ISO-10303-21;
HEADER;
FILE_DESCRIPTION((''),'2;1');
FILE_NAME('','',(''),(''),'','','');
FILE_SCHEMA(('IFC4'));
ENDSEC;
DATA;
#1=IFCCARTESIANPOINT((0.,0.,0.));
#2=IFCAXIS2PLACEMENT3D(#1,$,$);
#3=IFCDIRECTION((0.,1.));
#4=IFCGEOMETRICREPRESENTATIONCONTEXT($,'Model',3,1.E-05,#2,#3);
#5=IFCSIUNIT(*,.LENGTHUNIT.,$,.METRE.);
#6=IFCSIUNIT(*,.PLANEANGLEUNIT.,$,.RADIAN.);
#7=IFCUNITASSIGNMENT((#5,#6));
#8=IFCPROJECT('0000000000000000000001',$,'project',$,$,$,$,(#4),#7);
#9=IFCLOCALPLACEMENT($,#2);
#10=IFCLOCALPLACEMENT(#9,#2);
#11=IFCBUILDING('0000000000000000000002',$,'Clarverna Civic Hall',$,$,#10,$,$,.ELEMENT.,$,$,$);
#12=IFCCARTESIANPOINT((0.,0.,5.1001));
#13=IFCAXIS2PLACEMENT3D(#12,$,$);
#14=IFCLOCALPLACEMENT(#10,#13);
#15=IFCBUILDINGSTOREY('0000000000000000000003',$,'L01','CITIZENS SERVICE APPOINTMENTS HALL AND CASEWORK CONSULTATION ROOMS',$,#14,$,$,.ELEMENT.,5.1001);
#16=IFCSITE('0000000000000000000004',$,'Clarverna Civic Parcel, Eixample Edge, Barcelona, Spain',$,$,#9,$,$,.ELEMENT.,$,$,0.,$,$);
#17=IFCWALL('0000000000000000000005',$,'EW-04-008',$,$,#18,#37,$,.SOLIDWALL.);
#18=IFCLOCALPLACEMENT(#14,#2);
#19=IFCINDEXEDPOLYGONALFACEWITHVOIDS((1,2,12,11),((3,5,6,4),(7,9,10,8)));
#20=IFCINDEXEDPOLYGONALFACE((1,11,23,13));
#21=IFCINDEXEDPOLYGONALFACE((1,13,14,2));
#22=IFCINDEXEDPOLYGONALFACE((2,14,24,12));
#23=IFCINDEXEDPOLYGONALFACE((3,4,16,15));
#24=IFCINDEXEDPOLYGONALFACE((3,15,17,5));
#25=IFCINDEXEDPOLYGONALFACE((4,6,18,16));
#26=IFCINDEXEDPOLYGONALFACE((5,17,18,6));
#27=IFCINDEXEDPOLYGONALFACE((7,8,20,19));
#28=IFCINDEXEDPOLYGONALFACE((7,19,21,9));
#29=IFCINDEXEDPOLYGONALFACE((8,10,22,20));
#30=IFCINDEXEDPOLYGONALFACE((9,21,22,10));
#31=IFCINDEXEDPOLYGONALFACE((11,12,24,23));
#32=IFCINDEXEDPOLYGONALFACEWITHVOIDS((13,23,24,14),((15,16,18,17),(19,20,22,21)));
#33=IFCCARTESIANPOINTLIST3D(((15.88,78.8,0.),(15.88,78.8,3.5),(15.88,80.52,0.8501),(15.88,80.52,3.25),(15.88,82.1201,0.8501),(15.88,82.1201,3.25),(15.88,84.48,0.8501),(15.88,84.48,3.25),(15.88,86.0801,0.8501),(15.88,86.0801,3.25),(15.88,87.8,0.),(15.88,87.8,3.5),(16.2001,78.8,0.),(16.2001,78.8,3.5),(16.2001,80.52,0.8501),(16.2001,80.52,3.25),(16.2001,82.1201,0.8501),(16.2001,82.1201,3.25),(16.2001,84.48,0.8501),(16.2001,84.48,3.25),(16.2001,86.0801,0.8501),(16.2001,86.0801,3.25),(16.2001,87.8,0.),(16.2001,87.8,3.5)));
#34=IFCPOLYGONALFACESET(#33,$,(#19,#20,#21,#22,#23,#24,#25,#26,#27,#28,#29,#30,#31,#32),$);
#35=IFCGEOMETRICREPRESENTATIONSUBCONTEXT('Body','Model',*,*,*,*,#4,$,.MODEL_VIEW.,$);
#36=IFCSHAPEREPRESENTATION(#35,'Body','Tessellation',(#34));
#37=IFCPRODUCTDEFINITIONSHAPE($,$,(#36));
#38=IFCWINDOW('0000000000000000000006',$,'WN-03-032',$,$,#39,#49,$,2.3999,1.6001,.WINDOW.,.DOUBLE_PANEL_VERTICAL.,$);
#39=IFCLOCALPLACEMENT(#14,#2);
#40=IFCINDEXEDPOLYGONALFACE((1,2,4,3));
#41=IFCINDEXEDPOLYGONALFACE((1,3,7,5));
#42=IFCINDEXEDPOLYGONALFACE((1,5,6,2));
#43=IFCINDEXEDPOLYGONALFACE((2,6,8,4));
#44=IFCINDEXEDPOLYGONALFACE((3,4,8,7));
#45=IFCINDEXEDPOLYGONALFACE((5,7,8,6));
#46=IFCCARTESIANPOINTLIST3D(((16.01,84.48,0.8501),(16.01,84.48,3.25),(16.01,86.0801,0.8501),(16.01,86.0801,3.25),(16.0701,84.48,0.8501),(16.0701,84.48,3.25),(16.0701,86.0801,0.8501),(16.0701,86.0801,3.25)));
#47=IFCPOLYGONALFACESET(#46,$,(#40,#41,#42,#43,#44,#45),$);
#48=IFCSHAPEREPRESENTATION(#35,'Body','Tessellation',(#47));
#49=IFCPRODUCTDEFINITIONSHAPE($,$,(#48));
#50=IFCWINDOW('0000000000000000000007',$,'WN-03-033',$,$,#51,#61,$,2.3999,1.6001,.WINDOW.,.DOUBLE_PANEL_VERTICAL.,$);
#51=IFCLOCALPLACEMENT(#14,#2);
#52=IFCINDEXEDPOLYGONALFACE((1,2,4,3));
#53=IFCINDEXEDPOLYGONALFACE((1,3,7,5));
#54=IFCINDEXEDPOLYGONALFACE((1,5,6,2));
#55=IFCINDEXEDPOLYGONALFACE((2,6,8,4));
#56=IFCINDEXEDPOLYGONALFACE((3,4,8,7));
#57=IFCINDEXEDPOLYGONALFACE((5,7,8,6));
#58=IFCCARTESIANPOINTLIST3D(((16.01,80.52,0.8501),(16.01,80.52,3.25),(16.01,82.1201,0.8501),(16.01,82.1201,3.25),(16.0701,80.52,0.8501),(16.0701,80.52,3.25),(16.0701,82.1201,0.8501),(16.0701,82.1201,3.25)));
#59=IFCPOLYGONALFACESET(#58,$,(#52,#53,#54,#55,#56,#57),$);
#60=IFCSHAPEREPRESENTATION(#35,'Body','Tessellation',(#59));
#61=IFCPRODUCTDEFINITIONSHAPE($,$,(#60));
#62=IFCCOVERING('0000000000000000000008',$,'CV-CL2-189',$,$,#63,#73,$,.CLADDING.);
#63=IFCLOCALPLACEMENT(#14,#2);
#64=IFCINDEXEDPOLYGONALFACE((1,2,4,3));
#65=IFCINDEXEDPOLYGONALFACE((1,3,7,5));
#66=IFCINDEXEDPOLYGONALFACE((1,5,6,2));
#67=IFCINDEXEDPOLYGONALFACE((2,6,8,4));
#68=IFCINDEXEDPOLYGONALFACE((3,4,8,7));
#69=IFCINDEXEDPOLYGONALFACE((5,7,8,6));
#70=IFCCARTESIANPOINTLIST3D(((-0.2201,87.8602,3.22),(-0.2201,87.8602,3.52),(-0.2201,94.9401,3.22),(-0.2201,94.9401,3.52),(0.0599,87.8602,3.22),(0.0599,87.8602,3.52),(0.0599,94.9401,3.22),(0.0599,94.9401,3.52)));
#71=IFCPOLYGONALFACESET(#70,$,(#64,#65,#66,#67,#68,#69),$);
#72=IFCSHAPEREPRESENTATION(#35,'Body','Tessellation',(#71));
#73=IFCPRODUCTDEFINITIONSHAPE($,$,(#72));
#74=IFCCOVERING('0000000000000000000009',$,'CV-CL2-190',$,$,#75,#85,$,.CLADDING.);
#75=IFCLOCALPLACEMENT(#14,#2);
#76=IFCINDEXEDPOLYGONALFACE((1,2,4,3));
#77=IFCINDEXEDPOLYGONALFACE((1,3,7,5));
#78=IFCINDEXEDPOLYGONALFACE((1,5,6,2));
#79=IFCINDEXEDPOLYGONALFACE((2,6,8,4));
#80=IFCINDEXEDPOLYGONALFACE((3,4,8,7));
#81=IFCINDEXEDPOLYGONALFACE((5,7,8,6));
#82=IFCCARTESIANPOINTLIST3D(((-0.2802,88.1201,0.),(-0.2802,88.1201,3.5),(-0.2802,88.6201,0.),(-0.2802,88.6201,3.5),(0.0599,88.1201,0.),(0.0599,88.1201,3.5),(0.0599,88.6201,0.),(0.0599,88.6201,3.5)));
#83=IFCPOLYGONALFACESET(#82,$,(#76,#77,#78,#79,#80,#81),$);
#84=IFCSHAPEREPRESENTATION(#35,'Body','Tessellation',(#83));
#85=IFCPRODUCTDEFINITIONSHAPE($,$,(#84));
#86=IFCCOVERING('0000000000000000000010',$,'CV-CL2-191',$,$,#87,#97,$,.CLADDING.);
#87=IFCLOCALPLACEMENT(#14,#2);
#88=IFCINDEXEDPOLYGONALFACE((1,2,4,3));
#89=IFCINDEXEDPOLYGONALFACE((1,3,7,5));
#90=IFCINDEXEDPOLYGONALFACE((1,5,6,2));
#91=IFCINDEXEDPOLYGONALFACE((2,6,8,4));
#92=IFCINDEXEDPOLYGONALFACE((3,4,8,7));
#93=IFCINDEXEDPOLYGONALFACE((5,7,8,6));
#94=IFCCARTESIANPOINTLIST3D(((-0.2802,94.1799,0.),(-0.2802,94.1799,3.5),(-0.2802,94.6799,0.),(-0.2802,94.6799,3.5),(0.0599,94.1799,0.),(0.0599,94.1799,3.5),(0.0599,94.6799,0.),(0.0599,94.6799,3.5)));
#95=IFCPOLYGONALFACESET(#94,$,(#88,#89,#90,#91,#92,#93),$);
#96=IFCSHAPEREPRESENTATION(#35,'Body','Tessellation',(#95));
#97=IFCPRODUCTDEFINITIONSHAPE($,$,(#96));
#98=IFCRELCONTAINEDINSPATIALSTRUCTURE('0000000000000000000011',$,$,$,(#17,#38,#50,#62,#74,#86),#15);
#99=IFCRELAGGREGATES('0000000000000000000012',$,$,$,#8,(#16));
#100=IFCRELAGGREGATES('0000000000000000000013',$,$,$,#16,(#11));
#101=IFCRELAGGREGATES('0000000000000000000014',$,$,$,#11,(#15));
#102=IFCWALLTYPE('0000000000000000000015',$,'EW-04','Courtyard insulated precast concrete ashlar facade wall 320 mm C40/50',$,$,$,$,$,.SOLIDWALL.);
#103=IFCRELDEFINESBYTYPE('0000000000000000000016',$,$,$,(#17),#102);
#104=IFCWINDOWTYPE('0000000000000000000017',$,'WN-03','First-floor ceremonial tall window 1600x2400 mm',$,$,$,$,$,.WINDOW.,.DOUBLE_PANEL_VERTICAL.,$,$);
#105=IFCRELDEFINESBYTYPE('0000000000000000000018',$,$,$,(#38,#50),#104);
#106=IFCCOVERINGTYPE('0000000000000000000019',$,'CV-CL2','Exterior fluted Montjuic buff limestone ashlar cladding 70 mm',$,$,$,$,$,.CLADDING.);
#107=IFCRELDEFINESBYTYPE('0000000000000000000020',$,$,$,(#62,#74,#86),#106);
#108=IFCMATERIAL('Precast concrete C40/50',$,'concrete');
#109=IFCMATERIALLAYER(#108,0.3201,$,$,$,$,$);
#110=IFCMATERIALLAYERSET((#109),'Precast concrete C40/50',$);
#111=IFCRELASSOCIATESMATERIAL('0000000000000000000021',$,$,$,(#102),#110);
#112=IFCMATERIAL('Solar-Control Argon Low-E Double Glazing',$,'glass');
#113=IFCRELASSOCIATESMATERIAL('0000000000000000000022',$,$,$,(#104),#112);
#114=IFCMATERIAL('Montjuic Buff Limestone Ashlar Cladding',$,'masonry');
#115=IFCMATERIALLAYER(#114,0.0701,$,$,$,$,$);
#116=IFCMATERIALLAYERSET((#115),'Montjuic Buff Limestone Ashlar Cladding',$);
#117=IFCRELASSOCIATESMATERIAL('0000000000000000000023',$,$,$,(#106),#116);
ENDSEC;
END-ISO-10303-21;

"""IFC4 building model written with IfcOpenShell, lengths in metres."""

from ifc_helpers import new_model, si_unit, direction, frame, frame_2d, origin, place, context, subcontext, project, spatial, rectangle, extrude, material, layer, layer_set, type_object, element, fill, save


model = new_model("IFC4")

# Units and contexts
model_context = context("Model", 3, precision=1e-05, world=origin(), true_north=direction((0.0, 1.0)))
body_context = subcontext(model_context, "Body", "Model", "MODEL_VIEW")
ifc_project = project(units=[si_unit("LENGTHUNIT", "METRE"), si_unit("PLANEANGLEUNIT", "RADIAN")], contexts=[model_context])

# Site, building, storey
site_placement = place(None, origin())
site = spatial("IfcSite", under=ifc_project, at=site_placement, Name="Clarverna Civic Parcel, Eixample Edge, Barcelona, Spain", CompositionType="ELEMENT", RefElevation=0.0)
building_placement = place(site_placement, origin())
building = spatial("IfcBuilding", under=site, at=building_placement, Name="Clarverna Civic Hall", CompositionType="ELEMENT")
storey_placement = place(building_placement, frame((0.0, 0.0, 5.1001)))
storey = spatial("IfcBuildingStorey", under=building, at=storey_placement, Name="L01", Description="CITIZENS SERVICE APPOINTMENTS HALL AND CASEWORK CONSULTATION ROOMS", CompositionType="ELEMENT", Elevation=5.1001)

# Shared definitions
ifc_material_1 = material(Name="Solar-Control Argon Low-E Double Glazing", Category="glass")

# Wall, openings, windows
ifc_material_2 = material(Name="Precast concrete C40/50", Category="concrete")
ifc_layer_1 = layer(ifc_material_2, 0.3201)
ifc_layer_set_1 = layer_set([ifc_layer_1], Name="Precast concrete C40/50")
wall_type_1 = type_object("IfcWallType", Name="EW-04", Description="Courtyard insulated precast concrete ashlar facade wall 320 mm C40/50", PredefinedType="SOLIDWALL", material=ifc_layer_set_1)
wall_1_placement = place(storey_placement, frame((16.04, 87.8, 0.0), z_axis=(0.0, 0.0, 1.0), x_axis=(0.0, -1.0, 0.0)))
wall_1 = element("IfcWall", 1, at=wall_1_placement, inside=storey, type_object=wall_type_1, Name="EW-04-008", PredefinedType="SOLIDWALL", context=body_context, shape_type="SweptSolid", body=[
    extrude(rectangle(XDim=9.0, YDim=0.3201, at=frame_2d((4.5, 0.0))), origin(), (0.0, 0.0, 1.0), 3.5),
])
opening_1_placement = place(wall_1_placement, frame((1.72, 0.0, 0.8501)))
opening_1 = element("IfcOpeningElement", 2, at=opening_1_placement, cuts=wall_1, PredefinedType="OPENING", context=body_context, shape_type="SweptSolid", body=[
    extrude(rectangle(XDim=1.6001, YDim=2.3999, at=frame_2d((0.8, 1.2))), frame((0.0, 0.1699, 0.0), z_axis=(0.0, -1.0, 0.0), x_axis=(1.0, 0.0, 0.0)), (0.0, 0.0, 1.0), 0.3401),
])
opening_2_placement = place(wall_1_placement, frame((5.6799, 0.0, 0.8501)))
opening_2 = element("IfcOpeningElement", 3, at=opening_2_placement, cuts=wall_1, PredefinedType="OPENING", context=body_context, shape_type="SweptSolid", body=[
    extrude(rectangle(XDim=1.6001, YDim=2.3999, at=frame_2d((0.8, 1.2))), frame((0.0, 0.1699, 0.0), z_axis=(0.0, -1.0, 0.0), x_axis=(1.0, 0.0, 0.0)), (0.0, 0.0, 1.0), 0.3401),
])
window_type_1 = type_object("IfcWindowType", Name="WN-03", Description="First-floor ceremonial tall window 1600x2400 mm", PartitioningType="DOUBLE_PANEL_VERTICAL", PredefinedType="WINDOW", material=ifc_material_1)
window_1_placement = place(opening_1_placement, origin())
window_1 = element("IfcWindow", 4, at=window_1_placement, inside=storey, type_object=window_type_1, Name="WN-03-032", OverallHeight=2.3999, OverallWidth=1.6001, PartitioningType="DOUBLE_PANEL_VERTICAL", PredefinedType="WINDOW", context=body_context, shape_type="SweptSolid", body=[
    extrude(rectangle(XDim=1.6001, YDim=2.3999, at=frame_2d((0.8, 1.2))), frame((0.0, 0.03, 0.0), z_axis=(0.0, -1.0, 0.0), x_axis=(1.0, 0.0, 0.0)), (0.0, 0.0, 1.0), 0.0601),
])
fill(opening_1, window_1)
window_2_placement = place(opening_2_placement, origin())
window_2 = element("IfcWindow", 5, at=window_2_placement, inside=storey, type_object=window_type_1, Name="WN-03-033", OverallHeight=2.3999, OverallWidth=1.6001, PartitioningType="DOUBLE_PANEL_VERTICAL", PredefinedType="WINDOW", context=body_context, shape_type="SweptSolid", body=[
    extrude(rectangle(XDim=1.6001, YDim=2.3999, at=frame_2d((0.8, 1.2))), frame((0.0, 0.03, 0.0), z_axis=(0.0, -1.0, 0.0), x_axis=(1.0, 0.0, 0.0)), (0.0, 0.0, 1.0), 0.0601),
])
fill(opening_2, window_2)

# Coverings
ifc_material_3 = material(Name="Montjuic Buff Limestone Ashlar Cladding", Category="masonry")
ifc_layer_2 = layer(ifc_material_3, 0.0701)
ifc_layer_set_2 = layer_set([ifc_layer_2], Name="Montjuic Buff Limestone Ashlar Cladding")
covering_type = type_object("IfcCoveringType", Name="CV-CL2", Description="Exterior fluted Montjuic buff limestone ashlar cladding 70 mm", PredefinedType="CLADDING", material=ifc_layer_set_2)
covering_placement = place(storey_placement, frame((-0.0801, 87.8601, 3.22), z_axis=(0.0, 0.0, 1.0), x_axis=(0.0, 1.0, 0.0)))
element("IfcCovering", 6, at=covering_placement, inside=storey, type_object=covering_type, Name="CV-CL2-189", PredefinedType="CLADDING", context=body_context, shape_type="SweptSolid", body=[
    extrude(rectangle(XDim=7.0798, YDim=0.28, at=frame_2d((3.54, 0.0))), origin(), (0.0, 0.0, 1.0), 0.3),
])
for number, where, z_axis, x_axis, name in (
    (7, (-0.1101, 88.1201, 0.0), (0.0, 0.0, 1.0), (0.0, 1.0, 0.0), "CV-CL2-190"),
    (8, (-0.1101, 94.1799, 0.0), (0.0, 0.0, 1.0), (0.0, 1.0, 0.0), "CV-CL2-191"),
):
    element("IfcCovering", number, at=place(storey_placement, frame(where, z_axis=z_axis, x_axis=x_axis)), inside=storey, type_object=covering_type, Name=name, PredefinedType="CLADDING", context=body_context, shape_type="SweptSolid", body=[
        extrude(rectangle(XDim=0.5, YDim=0.3401, at=frame_2d((0.25, 0.0))), origin(), (0.0, 0.0, 1.0), 3.5),
    ])

save(model, "model.ifc")
